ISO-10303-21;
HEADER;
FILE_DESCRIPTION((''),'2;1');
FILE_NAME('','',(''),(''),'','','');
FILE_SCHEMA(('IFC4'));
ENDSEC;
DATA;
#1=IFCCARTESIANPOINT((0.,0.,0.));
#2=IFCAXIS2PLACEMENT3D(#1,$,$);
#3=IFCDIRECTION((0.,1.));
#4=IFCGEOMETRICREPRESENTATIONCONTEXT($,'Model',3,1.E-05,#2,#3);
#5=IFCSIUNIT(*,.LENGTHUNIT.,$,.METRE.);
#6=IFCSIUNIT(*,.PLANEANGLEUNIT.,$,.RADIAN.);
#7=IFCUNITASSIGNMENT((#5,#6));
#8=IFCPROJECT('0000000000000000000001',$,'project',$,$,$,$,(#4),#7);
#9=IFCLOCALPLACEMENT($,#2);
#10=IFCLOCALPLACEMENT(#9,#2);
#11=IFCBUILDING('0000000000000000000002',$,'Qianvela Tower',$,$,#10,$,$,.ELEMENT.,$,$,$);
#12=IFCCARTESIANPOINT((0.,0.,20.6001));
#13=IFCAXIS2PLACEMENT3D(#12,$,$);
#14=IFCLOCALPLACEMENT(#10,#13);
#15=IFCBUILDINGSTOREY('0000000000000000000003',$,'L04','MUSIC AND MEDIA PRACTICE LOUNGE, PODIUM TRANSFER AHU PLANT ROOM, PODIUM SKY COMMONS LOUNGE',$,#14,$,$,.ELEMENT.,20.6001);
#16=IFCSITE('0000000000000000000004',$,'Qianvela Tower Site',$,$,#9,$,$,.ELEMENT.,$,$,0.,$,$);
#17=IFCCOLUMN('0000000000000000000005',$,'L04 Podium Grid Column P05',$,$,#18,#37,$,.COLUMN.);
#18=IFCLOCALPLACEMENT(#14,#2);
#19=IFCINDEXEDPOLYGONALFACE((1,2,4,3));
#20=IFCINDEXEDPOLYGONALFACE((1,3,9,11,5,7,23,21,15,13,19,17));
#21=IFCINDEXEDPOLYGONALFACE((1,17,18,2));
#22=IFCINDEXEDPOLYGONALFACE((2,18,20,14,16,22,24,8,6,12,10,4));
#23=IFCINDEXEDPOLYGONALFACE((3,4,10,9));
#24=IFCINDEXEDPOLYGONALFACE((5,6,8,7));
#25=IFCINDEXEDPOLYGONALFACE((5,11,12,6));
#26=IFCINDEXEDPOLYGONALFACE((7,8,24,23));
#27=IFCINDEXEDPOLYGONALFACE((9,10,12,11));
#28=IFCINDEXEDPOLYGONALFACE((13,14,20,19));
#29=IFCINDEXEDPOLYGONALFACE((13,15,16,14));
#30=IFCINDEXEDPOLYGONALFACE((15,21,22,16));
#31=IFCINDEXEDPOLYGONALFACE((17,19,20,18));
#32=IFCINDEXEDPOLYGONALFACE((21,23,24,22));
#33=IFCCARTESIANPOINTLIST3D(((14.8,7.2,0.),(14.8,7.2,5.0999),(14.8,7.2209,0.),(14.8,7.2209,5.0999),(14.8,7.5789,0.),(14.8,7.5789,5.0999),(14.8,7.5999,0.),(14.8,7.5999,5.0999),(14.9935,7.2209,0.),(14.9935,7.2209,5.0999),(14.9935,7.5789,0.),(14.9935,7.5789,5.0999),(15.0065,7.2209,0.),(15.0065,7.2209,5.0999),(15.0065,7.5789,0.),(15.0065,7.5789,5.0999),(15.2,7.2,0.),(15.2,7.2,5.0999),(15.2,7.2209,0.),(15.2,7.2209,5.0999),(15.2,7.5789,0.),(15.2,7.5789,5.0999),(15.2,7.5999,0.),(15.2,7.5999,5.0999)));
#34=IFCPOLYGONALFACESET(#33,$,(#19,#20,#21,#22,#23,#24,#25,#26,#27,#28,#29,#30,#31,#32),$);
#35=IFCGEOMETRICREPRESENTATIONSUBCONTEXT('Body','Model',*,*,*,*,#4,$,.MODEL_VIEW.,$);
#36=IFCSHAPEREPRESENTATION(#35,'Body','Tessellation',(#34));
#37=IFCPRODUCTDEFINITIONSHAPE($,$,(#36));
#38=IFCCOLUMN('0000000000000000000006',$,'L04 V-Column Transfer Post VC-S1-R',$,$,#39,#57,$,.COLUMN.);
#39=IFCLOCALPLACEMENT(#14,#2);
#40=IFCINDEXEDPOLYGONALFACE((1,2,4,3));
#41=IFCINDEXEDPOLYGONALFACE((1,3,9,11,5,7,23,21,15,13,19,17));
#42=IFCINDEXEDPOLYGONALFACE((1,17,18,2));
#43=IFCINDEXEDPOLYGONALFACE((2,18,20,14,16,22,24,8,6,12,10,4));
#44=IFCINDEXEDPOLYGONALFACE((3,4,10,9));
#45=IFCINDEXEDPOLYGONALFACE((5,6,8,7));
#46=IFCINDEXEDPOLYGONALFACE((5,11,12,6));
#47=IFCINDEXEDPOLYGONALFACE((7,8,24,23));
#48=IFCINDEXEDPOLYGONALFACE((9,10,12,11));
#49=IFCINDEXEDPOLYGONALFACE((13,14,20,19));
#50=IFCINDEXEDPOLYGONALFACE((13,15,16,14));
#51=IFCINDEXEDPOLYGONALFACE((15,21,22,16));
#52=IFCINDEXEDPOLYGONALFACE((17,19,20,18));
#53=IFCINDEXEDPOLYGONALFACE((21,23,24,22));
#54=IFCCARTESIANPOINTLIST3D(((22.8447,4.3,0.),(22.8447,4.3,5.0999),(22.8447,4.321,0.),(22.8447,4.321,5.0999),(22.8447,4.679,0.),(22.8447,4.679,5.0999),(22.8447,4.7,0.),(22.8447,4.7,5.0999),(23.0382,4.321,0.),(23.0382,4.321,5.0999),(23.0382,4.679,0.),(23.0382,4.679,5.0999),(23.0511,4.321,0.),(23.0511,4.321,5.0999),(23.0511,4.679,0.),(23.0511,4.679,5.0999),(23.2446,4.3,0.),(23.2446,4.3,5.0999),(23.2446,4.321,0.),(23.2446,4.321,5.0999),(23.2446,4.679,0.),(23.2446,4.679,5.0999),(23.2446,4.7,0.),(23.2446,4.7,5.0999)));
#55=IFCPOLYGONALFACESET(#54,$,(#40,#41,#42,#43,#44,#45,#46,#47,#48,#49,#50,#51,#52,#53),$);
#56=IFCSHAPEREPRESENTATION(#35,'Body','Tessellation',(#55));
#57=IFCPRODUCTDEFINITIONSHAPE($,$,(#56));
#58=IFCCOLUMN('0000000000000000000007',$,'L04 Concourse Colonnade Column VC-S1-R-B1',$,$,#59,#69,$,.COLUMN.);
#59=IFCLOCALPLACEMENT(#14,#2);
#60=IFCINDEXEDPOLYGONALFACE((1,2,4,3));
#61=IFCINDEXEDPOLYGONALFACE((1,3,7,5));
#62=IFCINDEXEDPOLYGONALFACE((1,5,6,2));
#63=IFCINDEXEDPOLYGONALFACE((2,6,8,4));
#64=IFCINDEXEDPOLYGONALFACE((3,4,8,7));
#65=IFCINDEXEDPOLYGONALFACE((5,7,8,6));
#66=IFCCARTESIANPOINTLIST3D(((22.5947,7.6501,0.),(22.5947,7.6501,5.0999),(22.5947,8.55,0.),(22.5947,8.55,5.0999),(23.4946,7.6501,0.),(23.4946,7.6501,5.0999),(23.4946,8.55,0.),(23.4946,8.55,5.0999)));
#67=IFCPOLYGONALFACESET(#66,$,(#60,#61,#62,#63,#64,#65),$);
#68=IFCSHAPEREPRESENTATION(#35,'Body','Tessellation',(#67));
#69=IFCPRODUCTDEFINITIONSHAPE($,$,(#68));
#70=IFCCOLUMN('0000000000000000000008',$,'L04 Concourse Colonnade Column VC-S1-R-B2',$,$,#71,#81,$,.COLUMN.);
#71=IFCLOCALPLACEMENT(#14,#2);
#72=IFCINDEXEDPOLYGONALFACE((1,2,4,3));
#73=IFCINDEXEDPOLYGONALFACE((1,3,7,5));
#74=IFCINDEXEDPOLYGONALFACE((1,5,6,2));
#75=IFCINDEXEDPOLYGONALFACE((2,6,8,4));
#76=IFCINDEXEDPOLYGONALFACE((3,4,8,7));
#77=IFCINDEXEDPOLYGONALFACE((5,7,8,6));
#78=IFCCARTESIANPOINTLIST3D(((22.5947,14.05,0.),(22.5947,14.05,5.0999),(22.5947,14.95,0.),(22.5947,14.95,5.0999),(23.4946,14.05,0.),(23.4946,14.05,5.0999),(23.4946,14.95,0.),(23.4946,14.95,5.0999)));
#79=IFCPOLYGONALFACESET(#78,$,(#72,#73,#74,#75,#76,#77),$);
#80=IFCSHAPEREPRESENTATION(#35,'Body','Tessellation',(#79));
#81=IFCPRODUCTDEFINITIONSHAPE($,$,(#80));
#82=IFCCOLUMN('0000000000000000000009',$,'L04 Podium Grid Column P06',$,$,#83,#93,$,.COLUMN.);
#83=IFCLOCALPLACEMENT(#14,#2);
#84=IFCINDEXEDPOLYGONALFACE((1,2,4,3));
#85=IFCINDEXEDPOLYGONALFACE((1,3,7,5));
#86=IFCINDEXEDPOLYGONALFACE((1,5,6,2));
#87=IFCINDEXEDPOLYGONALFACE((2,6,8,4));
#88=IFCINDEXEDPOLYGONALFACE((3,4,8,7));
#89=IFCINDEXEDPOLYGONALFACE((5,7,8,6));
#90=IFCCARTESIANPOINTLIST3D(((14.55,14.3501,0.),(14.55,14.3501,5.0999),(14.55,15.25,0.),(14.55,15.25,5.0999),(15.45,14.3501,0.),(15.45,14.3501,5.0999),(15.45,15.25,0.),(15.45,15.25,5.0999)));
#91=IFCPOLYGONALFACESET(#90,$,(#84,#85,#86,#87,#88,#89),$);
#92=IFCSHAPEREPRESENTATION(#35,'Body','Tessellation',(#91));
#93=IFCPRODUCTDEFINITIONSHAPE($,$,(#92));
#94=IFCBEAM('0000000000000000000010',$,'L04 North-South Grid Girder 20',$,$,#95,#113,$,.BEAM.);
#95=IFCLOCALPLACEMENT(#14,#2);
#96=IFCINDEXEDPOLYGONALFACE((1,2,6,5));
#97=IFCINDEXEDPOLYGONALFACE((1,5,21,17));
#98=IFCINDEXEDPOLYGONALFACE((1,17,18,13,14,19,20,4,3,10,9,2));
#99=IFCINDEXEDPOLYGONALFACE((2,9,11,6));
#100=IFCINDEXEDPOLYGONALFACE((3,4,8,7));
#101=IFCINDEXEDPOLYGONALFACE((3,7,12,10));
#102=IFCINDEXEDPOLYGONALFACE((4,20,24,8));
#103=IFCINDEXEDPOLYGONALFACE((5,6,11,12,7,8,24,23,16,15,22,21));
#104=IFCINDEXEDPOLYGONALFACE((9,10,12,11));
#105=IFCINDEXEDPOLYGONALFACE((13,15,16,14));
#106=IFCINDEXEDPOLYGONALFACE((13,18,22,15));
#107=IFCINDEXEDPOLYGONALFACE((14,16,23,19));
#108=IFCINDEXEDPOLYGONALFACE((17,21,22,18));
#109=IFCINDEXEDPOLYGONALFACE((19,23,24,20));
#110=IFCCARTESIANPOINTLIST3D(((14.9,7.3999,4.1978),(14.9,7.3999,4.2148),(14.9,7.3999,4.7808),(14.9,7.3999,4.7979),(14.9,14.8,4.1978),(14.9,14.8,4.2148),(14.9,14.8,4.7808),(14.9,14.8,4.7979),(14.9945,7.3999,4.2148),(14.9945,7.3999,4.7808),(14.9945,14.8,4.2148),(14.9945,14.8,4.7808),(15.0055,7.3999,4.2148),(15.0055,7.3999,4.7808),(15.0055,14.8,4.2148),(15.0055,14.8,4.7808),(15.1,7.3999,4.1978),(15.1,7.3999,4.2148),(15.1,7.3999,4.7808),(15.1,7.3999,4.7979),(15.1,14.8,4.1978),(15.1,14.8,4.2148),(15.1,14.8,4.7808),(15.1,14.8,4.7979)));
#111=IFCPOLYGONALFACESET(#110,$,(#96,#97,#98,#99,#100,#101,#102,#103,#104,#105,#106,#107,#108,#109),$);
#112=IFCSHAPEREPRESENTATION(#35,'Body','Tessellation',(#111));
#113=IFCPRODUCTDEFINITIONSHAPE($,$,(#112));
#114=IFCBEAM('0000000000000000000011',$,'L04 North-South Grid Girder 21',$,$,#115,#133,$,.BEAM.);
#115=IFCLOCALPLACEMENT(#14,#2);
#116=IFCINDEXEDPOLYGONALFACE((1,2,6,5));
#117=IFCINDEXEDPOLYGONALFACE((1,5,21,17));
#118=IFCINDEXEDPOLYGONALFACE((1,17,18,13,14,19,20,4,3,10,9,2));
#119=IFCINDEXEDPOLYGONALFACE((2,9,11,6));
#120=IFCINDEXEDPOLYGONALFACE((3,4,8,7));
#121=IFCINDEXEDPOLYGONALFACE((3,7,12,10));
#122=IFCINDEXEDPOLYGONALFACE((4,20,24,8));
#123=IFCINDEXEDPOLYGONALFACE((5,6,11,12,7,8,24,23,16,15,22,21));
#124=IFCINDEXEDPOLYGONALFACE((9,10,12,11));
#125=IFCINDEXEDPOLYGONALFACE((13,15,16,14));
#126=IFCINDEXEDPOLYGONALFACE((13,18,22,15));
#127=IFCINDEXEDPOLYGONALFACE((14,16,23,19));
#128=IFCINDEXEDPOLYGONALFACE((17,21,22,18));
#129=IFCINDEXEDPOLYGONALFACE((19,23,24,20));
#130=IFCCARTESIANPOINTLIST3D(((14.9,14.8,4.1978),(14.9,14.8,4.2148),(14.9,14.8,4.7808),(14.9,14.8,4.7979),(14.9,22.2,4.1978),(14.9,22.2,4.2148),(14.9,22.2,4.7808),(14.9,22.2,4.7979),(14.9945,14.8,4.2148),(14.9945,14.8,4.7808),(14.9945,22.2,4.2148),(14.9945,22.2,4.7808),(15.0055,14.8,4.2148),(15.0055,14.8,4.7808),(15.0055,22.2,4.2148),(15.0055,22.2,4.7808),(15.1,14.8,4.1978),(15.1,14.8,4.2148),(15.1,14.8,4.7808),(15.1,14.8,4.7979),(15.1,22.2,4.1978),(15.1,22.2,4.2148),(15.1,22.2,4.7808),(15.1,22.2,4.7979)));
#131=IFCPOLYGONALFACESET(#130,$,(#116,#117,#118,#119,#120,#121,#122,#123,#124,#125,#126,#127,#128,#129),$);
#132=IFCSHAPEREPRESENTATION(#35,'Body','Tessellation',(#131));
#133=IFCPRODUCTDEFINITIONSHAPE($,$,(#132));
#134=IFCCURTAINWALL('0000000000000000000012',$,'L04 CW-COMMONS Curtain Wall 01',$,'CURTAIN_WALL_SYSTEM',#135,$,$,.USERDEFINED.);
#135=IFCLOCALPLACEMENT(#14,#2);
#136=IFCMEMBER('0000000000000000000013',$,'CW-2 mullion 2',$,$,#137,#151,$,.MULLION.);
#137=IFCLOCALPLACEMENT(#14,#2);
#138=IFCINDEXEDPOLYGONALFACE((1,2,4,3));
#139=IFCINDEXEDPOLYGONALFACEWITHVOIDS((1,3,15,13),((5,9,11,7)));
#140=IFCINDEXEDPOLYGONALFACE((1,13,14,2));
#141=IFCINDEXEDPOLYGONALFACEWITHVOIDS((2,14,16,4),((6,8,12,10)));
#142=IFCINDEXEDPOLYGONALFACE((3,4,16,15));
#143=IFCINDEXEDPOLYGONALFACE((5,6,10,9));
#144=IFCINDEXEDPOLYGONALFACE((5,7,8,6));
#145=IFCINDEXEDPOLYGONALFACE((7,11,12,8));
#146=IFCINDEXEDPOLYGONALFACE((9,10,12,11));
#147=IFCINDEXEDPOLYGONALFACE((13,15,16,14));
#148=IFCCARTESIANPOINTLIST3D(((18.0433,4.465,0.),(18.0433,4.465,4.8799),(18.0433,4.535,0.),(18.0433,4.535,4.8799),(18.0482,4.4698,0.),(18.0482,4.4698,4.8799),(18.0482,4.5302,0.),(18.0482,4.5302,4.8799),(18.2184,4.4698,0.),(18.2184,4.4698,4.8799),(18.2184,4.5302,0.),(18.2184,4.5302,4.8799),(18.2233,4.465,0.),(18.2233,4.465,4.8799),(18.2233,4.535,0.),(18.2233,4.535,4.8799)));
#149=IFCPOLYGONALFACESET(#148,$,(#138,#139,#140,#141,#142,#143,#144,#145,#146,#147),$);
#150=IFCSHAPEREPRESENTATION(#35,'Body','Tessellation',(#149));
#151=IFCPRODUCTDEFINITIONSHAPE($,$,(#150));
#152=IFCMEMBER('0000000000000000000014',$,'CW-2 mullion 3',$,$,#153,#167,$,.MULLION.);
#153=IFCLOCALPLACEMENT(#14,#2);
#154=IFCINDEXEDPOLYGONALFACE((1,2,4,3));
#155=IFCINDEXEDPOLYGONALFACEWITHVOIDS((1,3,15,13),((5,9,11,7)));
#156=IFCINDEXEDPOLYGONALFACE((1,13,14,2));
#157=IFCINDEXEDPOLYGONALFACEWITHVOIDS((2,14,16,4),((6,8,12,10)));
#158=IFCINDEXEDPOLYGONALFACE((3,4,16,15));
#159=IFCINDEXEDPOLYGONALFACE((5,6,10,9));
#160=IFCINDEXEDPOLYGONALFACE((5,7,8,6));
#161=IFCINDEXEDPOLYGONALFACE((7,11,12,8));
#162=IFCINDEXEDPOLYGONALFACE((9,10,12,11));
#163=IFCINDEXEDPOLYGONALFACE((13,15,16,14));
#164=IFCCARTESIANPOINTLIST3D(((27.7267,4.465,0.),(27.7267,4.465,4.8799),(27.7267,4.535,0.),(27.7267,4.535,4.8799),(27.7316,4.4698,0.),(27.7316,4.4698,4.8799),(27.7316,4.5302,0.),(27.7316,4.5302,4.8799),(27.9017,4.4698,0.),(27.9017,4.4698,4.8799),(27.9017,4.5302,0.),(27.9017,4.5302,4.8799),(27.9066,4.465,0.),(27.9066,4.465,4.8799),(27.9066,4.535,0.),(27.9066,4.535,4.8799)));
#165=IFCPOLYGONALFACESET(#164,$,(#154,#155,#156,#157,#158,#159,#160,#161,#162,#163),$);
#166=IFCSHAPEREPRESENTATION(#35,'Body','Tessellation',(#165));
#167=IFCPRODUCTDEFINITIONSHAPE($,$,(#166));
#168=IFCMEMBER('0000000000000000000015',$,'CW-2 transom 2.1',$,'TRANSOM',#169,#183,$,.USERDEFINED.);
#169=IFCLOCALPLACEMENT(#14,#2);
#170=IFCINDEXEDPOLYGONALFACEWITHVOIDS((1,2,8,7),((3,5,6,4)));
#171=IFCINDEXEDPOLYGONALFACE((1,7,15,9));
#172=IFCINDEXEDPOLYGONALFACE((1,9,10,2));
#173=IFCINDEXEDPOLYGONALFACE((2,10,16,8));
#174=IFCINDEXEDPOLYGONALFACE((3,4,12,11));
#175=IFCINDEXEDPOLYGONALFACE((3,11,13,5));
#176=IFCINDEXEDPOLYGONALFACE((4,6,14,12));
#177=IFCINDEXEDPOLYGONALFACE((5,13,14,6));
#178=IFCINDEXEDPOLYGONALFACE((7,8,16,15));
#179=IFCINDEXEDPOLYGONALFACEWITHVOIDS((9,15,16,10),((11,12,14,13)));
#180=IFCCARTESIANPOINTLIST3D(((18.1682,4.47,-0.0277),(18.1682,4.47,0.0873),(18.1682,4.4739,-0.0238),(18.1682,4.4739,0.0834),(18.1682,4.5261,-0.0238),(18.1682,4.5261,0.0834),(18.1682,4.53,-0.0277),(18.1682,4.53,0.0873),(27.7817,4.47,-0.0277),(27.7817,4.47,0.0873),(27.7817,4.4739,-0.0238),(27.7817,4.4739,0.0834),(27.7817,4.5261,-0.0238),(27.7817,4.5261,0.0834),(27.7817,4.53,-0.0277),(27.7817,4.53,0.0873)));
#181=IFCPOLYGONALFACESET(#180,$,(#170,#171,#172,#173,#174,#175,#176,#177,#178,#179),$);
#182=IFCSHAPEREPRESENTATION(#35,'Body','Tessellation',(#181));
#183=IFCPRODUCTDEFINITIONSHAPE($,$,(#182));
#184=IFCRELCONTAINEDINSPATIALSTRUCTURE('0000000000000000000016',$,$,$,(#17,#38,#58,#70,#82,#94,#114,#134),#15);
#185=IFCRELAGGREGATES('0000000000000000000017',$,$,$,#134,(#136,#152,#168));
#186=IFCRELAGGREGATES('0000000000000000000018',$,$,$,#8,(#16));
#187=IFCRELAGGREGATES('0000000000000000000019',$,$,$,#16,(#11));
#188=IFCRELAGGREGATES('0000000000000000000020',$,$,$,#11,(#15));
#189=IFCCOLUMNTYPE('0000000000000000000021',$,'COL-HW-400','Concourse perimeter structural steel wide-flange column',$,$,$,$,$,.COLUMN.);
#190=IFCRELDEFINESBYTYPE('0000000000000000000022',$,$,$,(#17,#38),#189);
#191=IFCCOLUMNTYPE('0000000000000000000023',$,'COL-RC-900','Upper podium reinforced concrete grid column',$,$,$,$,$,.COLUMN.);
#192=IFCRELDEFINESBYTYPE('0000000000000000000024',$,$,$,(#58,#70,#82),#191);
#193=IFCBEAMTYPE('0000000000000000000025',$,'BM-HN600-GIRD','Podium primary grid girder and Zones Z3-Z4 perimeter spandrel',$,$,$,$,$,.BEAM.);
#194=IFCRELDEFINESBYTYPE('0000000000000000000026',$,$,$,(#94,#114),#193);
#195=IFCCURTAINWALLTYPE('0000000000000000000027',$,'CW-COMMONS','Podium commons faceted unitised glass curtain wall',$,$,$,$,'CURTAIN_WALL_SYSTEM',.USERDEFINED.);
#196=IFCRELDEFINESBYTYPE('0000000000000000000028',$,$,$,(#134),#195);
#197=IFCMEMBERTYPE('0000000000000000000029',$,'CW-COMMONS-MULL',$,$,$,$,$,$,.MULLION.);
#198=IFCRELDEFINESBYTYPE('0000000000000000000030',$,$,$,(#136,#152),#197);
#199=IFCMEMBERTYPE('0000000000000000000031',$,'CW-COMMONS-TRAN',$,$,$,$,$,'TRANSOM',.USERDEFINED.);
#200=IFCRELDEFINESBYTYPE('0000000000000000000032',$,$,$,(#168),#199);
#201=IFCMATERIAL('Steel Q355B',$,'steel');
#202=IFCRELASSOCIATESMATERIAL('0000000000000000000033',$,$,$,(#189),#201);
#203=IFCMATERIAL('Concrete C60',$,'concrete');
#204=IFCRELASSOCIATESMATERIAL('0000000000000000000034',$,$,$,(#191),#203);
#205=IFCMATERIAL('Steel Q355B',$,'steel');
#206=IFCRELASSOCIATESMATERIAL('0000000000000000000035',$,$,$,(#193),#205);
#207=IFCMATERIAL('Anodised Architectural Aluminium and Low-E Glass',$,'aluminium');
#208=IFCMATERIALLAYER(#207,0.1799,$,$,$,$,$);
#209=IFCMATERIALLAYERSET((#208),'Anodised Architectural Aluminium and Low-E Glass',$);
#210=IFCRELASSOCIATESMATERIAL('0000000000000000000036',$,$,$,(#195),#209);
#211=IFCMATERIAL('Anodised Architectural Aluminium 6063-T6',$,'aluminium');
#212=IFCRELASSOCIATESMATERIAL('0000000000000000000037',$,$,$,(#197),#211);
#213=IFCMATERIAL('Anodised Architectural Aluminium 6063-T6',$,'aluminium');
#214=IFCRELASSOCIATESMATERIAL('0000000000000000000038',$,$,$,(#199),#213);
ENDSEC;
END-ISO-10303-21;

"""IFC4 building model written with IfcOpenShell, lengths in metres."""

from ifc_helpers import new_model, si_unit, direction, frame, origin, origin_2d, place, context, subcontext, project, spatial, rectangle, hollow_rectangle, i_section, extrude, material, layer, layer_set, material_profile, profile_set, type_object, element, aggregate, save


model = new_model("IFC4")

# Units and contexts
model_context = context("Model", 3, precision=1e-05, world=origin(), true_north=direction((0.0, 1.0)))
body_context = subcontext(model_context, "Body", "Model", "MODEL_VIEW")
ifc_project = project(units=[si_unit("LENGTHUNIT", "METRE"), si_unit("PLANEANGLEUNIT", "RADIAN")], contexts=[model_context])

# Site, building, storey
site_placement = place(None, origin())
site = spatial("IfcSite", under=ifc_project, at=site_placement, Name="Qianvela Tower Site", CompositionType="ELEMENT", RefElevation=0.0)
building_placement = place(site_placement, origin())
building = spatial("IfcBuilding", under=site, at=building_placement, Name="Qianvela Tower", CompositionType="ELEMENT")
storey_placement = place(building_placement, frame((0.0, 0.0, 20.6001)))
storey = spatial("IfcBuildingStorey", under=building, at=storey_placement, Name="L04", Description="MUSIC AND MEDIA PRACTICE LOUNGE, PODIUM TRANSFER AHU PLANT ROOM, PODIUM SKY COMMONS LOUNGE", CompositionType="ELEMENT", Elevation=20.6001)

# Columns
ifc_material_1 = material(Name="Steel Q355B", Category="steel")
ifc_material_profile_1 = material_profile(ifc_material_1, i_section(OverallWidth=0.3999, OverallDepth=0.3999, WebThickness=0.0129, FlangeThickness=0.021, at=origin_2d()), Name="HW400x400x13x21")
ifc_profile_set_1 = profile_set([ifc_material_profile_1], Name="Steel Q355B")
column_type_1 = type_object("IfcColumnType", Name="COL-HW-400", Description="Concourse perimeter structural steel wide-flange column", PredefinedType="COLUMN", material=ifc_profile_set_1)
for number, where, z_axis, x_axis, name in (
    (1, (15.0, 7.3999, 0.0), (0.0, 0.0, 1.0), (1.0, 0.0, 0.0), "L04 Podium Grid Column P05"),
    (2, (23.0447, 4.5, 0.0), (0.0, 0.0, 1.0), (1.0, 0.0, 0.0), "L04 V-Column Transfer Post VC-S1-R"),
):
    element("IfcColumn", number, at=place(storey_placement, frame(where, z_axis=z_axis, x_axis=x_axis)), inside=storey, type_object=column_type_1, Name=name, PredefinedType="COLUMN", context=body_context, shape_type="SweptSolid", body=[
        extrude(i_section(OverallWidth=0.3999, OverallDepth=0.3999, WebThickness=0.0129, FlangeThickness=0.021, at=origin_2d()), origin(), (0.0, 0.0, 1.0), 5.0999),
    ])
ifc_material_2 = material(Name="Concrete C60", Category="concrete")
ifc_material_profile_2 = material_profile(ifc_material_2, rectangle(XDim=0.8999, YDim=0.8999, at=origin_2d()), Name="RC-COL-900x900")
ifc_profile_set_2 = profile_set([ifc_material_profile_2], Name="Concrete C60")
column_type_2 = type_object("IfcColumnType", Name="COL-RC-900", Description="Upper podium reinforced concrete grid column", PredefinedType="COLUMN", material=ifc_profile_set_2)
for number, where, z_axis, x_axis, name in (
    (3, (23.0447, 8.1001, 0.0), (0.0, 0.0, 1.0), (1.0, 0.0, 0.0), "L04 Concourse Colonnade Column VC-S1-R-B1"),
    (4, (23.0447, 14.5, 0.0), (0.0, 0.0, 1.0), (1.0, 0.0, 0.0), "L04 Concourse Colonnade Column VC-S1-R-B2"),
    (5, (15.0, 14.8, 0.0), (0.0, 0.0, 1.0), (1.0, 0.0, 0.0), "L04 Podium Grid Column P06"),
):
    element("IfcColumn", number, at=place(storey_placement, frame(where, z_axis=z_axis, x_axis=x_axis)), inside=storey, type_object=column_type_2, Name=name, PredefinedType="COLUMN", context=body_context, shape_type="SweptSolid", body=[
        extrude(rectangle(XDim=0.8999, YDim=0.8999, at=origin_2d()), origin(), (0.0, 0.0, 1.0), 5.0999),
    ])

# Beams
ifc_material_3 = material(Name="Steel Q355B", Category="steel")
ifc_material_profile_3 = material_profile(ifc_material_3, i_section(OverallWidth=0.2, OverallDepth=0.6001, WebThickness=0.011, FlangeThickness=0.0171, at=origin_2d()), Name="HN600x200x11x17")
ifc_profile_set_3 = profile_set([ifc_material_profile_3], Name="Steel Q355B")
beam_type = type_object("IfcBeamType", Name="BM-HN600-GIRD", Description="Podium primary grid girder and Zones Z3-Z4 perimeter spandrel", PredefinedType="BEAM", material=ifc_profile_set_3)
beam_1_placement = place(storey_placement, frame((15.0, 7.3999, 4.4978), z_axis=(0.0, 1.0, 0.0), x_axis=(-1.0, 0.0, 0.0)))
element("IfcBeam", 6, at=beam_1_placement, inside=storey, type_object=beam_type, Name="L04 North-South Grid Girder 20", PredefinedType="BEAM", context=body_context, shape_type="SweptSolid", body=[
    extrude(i_section(OverallWidth=0.2, OverallDepth=0.6001, WebThickness=0.011, FlangeThickness=0.0171, at=origin_2d()), origin(), (0.0, 0.0, 1.0), 7.4001),
])
beam_2_placement = place(storey_placement, frame((15.0, 14.8, 4.4978), z_axis=(0.0, 1.0, 0.0), x_axis=(-1.0, 0.0, 0.0)))
element("IfcBeam", 7, at=beam_2_placement, inside=storey, type_object=beam_type, Name="L04 North-South Grid Girder 21", PredefinedType="BEAM", context=body_context, shape_type="SweptSolid", body=[
    extrude(i_section(OverallWidth=0.2, OverallDepth=0.6001, WebThickness=0.011, FlangeThickness=0.0171, at=origin_2d()), origin(), (0.0, 0.0, 1.0), 7.3999),
])

# Curtain wall, members
ifc_material_4 = material(Name="Anodised Architectural Aluminium and Low-E Glass", Category="aluminium")
ifc_layer_1 = layer(ifc_material_4, 0.1799)
ifc_layer_set_1 = layer_set([ifc_layer_1], Name="Anodised Architectural Aluminium and Low-E Glass")
curtain_wall_type = type_object("IfcCurtainWallType", Name="CW-COMMONS", Description="Podium commons faceted unitised glass curtain wall", ElementType="CURTAIN_WALL_SYSTEM", PredefinedType="USERDEFINED", material=ifc_layer_set_1)
curtain_wall_placement = place(storey_placement, origin())
curtain_wall = element("IfcCurtainWall", 8, at=curtain_wall_placement, inside=storey, type_object=curtain_wall_type, Name="L04 CW-COMMONS Curtain Wall 01", ObjectType="CURTAIN_WALL_SYSTEM", PredefinedType="USERDEFINED")
ifc_material_5 = material(Name="Anodised Architectural Aluminium 6063-T6", Category="aluminium")
ifc_material_profile_4 = material_profile(ifc_material_5, hollow_rectangle(XDim=0.0701, YDim=0.1799, WallThickness=0.0049, at=origin_2d()), Name="ALU-MULL-70x180")
ifc_profile_set_4 = profile_set([ifc_material_profile_4], Name="Anodised Architectural Aluminium 6063-T6")
member_type_1 = type_object("IfcMemberType", Name="CW-COMMONS-MULL", PredefinedType="MULLION", material=ifc_profile_set_4)
member_1_placement = place(storey_placement, frame((18.1333, 4.5, 0.0), z_axis=(0.0, 0.0, 1.0), x_axis=(0.0, 1.0, 0.0)))
member_1 = element("IfcMember", 9, at=member_1_placement, type_object=member_type_1, Name="CW-2 mullion 2", PredefinedType="MULLION", context=body_context, shape_type="SweptSolid", body=[
    extrude(hollow_rectangle(XDim=0.0701, YDim=0.1799, WallThickness=0.0049, at=origin_2d()), origin(), (0.0, 0.0, 1.0), 4.8799),
])
member_2_placement = place(storey_placement, frame((27.8167, 4.5, 0.0), z_axis=(0.0, 0.0, 1.0), x_axis=(0.0, 1.0, 0.0)))
member_2 = element("IfcMember", 10, at=member_2_placement, type_object=member_type_1, Name="CW-2 mullion 3", PredefinedType="MULLION", context=body_context, shape_type="SweptSolid", body=[
    extrude(hollow_rectangle(XDim=0.0701, YDim=0.1799, WallThickness=0.0049, at=origin_2d()), origin(), (0.0, 0.0, 1.0), 4.8799),
])
ifc_material_6 = material(Name="Anodised Architectural Aluminium 6063-T6", Category="aluminium")
ifc_material_profile_5 = material_profile(ifc_material_6, hollow_rectangle(XDim=0.0601, YDim=0.115, WallThickness=0.0039, at=origin_2d()), Name="ALU-TRAN-60x115")
ifc_profile_set_5 = profile_set([ifc_material_profile_5], Name="Anodised Architectural Aluminium 6063-T6")
member_type_2 = type_object("IfcMemberType", Name="CW-COMMONS-TRAN", ElementType="TRANSOM", PredefinedType="USERDEFINED", material=ifc_profile_set_5)
member_3_placement = place(storey_placement, frame((18.1682, 4.5, 0.0298), z_axis=(1.0, 0.0, 0.0), x_axis=(0.0, 1.0, 0.0)))
member_3 = element("IfcMember", 11, at=member_3_placement, type_object=member_type_2, Name="CW-2 transom 2.1", ObjectType="TRANSOM", PredefinedType="USERDEFINED", context=body_context, shape_type="SweptSolid", body=[
    extrude(hollow_rectangle(XDim=0.0601, YDim=0.115, WallThickness=0.0039, at=origin_2d()), origin(), (0.0, 0.0, 1.0), 9.6135),
])
aggregate(curtain_wall, [member_1, member_2, member_3])

save(model, "model.ifc")
